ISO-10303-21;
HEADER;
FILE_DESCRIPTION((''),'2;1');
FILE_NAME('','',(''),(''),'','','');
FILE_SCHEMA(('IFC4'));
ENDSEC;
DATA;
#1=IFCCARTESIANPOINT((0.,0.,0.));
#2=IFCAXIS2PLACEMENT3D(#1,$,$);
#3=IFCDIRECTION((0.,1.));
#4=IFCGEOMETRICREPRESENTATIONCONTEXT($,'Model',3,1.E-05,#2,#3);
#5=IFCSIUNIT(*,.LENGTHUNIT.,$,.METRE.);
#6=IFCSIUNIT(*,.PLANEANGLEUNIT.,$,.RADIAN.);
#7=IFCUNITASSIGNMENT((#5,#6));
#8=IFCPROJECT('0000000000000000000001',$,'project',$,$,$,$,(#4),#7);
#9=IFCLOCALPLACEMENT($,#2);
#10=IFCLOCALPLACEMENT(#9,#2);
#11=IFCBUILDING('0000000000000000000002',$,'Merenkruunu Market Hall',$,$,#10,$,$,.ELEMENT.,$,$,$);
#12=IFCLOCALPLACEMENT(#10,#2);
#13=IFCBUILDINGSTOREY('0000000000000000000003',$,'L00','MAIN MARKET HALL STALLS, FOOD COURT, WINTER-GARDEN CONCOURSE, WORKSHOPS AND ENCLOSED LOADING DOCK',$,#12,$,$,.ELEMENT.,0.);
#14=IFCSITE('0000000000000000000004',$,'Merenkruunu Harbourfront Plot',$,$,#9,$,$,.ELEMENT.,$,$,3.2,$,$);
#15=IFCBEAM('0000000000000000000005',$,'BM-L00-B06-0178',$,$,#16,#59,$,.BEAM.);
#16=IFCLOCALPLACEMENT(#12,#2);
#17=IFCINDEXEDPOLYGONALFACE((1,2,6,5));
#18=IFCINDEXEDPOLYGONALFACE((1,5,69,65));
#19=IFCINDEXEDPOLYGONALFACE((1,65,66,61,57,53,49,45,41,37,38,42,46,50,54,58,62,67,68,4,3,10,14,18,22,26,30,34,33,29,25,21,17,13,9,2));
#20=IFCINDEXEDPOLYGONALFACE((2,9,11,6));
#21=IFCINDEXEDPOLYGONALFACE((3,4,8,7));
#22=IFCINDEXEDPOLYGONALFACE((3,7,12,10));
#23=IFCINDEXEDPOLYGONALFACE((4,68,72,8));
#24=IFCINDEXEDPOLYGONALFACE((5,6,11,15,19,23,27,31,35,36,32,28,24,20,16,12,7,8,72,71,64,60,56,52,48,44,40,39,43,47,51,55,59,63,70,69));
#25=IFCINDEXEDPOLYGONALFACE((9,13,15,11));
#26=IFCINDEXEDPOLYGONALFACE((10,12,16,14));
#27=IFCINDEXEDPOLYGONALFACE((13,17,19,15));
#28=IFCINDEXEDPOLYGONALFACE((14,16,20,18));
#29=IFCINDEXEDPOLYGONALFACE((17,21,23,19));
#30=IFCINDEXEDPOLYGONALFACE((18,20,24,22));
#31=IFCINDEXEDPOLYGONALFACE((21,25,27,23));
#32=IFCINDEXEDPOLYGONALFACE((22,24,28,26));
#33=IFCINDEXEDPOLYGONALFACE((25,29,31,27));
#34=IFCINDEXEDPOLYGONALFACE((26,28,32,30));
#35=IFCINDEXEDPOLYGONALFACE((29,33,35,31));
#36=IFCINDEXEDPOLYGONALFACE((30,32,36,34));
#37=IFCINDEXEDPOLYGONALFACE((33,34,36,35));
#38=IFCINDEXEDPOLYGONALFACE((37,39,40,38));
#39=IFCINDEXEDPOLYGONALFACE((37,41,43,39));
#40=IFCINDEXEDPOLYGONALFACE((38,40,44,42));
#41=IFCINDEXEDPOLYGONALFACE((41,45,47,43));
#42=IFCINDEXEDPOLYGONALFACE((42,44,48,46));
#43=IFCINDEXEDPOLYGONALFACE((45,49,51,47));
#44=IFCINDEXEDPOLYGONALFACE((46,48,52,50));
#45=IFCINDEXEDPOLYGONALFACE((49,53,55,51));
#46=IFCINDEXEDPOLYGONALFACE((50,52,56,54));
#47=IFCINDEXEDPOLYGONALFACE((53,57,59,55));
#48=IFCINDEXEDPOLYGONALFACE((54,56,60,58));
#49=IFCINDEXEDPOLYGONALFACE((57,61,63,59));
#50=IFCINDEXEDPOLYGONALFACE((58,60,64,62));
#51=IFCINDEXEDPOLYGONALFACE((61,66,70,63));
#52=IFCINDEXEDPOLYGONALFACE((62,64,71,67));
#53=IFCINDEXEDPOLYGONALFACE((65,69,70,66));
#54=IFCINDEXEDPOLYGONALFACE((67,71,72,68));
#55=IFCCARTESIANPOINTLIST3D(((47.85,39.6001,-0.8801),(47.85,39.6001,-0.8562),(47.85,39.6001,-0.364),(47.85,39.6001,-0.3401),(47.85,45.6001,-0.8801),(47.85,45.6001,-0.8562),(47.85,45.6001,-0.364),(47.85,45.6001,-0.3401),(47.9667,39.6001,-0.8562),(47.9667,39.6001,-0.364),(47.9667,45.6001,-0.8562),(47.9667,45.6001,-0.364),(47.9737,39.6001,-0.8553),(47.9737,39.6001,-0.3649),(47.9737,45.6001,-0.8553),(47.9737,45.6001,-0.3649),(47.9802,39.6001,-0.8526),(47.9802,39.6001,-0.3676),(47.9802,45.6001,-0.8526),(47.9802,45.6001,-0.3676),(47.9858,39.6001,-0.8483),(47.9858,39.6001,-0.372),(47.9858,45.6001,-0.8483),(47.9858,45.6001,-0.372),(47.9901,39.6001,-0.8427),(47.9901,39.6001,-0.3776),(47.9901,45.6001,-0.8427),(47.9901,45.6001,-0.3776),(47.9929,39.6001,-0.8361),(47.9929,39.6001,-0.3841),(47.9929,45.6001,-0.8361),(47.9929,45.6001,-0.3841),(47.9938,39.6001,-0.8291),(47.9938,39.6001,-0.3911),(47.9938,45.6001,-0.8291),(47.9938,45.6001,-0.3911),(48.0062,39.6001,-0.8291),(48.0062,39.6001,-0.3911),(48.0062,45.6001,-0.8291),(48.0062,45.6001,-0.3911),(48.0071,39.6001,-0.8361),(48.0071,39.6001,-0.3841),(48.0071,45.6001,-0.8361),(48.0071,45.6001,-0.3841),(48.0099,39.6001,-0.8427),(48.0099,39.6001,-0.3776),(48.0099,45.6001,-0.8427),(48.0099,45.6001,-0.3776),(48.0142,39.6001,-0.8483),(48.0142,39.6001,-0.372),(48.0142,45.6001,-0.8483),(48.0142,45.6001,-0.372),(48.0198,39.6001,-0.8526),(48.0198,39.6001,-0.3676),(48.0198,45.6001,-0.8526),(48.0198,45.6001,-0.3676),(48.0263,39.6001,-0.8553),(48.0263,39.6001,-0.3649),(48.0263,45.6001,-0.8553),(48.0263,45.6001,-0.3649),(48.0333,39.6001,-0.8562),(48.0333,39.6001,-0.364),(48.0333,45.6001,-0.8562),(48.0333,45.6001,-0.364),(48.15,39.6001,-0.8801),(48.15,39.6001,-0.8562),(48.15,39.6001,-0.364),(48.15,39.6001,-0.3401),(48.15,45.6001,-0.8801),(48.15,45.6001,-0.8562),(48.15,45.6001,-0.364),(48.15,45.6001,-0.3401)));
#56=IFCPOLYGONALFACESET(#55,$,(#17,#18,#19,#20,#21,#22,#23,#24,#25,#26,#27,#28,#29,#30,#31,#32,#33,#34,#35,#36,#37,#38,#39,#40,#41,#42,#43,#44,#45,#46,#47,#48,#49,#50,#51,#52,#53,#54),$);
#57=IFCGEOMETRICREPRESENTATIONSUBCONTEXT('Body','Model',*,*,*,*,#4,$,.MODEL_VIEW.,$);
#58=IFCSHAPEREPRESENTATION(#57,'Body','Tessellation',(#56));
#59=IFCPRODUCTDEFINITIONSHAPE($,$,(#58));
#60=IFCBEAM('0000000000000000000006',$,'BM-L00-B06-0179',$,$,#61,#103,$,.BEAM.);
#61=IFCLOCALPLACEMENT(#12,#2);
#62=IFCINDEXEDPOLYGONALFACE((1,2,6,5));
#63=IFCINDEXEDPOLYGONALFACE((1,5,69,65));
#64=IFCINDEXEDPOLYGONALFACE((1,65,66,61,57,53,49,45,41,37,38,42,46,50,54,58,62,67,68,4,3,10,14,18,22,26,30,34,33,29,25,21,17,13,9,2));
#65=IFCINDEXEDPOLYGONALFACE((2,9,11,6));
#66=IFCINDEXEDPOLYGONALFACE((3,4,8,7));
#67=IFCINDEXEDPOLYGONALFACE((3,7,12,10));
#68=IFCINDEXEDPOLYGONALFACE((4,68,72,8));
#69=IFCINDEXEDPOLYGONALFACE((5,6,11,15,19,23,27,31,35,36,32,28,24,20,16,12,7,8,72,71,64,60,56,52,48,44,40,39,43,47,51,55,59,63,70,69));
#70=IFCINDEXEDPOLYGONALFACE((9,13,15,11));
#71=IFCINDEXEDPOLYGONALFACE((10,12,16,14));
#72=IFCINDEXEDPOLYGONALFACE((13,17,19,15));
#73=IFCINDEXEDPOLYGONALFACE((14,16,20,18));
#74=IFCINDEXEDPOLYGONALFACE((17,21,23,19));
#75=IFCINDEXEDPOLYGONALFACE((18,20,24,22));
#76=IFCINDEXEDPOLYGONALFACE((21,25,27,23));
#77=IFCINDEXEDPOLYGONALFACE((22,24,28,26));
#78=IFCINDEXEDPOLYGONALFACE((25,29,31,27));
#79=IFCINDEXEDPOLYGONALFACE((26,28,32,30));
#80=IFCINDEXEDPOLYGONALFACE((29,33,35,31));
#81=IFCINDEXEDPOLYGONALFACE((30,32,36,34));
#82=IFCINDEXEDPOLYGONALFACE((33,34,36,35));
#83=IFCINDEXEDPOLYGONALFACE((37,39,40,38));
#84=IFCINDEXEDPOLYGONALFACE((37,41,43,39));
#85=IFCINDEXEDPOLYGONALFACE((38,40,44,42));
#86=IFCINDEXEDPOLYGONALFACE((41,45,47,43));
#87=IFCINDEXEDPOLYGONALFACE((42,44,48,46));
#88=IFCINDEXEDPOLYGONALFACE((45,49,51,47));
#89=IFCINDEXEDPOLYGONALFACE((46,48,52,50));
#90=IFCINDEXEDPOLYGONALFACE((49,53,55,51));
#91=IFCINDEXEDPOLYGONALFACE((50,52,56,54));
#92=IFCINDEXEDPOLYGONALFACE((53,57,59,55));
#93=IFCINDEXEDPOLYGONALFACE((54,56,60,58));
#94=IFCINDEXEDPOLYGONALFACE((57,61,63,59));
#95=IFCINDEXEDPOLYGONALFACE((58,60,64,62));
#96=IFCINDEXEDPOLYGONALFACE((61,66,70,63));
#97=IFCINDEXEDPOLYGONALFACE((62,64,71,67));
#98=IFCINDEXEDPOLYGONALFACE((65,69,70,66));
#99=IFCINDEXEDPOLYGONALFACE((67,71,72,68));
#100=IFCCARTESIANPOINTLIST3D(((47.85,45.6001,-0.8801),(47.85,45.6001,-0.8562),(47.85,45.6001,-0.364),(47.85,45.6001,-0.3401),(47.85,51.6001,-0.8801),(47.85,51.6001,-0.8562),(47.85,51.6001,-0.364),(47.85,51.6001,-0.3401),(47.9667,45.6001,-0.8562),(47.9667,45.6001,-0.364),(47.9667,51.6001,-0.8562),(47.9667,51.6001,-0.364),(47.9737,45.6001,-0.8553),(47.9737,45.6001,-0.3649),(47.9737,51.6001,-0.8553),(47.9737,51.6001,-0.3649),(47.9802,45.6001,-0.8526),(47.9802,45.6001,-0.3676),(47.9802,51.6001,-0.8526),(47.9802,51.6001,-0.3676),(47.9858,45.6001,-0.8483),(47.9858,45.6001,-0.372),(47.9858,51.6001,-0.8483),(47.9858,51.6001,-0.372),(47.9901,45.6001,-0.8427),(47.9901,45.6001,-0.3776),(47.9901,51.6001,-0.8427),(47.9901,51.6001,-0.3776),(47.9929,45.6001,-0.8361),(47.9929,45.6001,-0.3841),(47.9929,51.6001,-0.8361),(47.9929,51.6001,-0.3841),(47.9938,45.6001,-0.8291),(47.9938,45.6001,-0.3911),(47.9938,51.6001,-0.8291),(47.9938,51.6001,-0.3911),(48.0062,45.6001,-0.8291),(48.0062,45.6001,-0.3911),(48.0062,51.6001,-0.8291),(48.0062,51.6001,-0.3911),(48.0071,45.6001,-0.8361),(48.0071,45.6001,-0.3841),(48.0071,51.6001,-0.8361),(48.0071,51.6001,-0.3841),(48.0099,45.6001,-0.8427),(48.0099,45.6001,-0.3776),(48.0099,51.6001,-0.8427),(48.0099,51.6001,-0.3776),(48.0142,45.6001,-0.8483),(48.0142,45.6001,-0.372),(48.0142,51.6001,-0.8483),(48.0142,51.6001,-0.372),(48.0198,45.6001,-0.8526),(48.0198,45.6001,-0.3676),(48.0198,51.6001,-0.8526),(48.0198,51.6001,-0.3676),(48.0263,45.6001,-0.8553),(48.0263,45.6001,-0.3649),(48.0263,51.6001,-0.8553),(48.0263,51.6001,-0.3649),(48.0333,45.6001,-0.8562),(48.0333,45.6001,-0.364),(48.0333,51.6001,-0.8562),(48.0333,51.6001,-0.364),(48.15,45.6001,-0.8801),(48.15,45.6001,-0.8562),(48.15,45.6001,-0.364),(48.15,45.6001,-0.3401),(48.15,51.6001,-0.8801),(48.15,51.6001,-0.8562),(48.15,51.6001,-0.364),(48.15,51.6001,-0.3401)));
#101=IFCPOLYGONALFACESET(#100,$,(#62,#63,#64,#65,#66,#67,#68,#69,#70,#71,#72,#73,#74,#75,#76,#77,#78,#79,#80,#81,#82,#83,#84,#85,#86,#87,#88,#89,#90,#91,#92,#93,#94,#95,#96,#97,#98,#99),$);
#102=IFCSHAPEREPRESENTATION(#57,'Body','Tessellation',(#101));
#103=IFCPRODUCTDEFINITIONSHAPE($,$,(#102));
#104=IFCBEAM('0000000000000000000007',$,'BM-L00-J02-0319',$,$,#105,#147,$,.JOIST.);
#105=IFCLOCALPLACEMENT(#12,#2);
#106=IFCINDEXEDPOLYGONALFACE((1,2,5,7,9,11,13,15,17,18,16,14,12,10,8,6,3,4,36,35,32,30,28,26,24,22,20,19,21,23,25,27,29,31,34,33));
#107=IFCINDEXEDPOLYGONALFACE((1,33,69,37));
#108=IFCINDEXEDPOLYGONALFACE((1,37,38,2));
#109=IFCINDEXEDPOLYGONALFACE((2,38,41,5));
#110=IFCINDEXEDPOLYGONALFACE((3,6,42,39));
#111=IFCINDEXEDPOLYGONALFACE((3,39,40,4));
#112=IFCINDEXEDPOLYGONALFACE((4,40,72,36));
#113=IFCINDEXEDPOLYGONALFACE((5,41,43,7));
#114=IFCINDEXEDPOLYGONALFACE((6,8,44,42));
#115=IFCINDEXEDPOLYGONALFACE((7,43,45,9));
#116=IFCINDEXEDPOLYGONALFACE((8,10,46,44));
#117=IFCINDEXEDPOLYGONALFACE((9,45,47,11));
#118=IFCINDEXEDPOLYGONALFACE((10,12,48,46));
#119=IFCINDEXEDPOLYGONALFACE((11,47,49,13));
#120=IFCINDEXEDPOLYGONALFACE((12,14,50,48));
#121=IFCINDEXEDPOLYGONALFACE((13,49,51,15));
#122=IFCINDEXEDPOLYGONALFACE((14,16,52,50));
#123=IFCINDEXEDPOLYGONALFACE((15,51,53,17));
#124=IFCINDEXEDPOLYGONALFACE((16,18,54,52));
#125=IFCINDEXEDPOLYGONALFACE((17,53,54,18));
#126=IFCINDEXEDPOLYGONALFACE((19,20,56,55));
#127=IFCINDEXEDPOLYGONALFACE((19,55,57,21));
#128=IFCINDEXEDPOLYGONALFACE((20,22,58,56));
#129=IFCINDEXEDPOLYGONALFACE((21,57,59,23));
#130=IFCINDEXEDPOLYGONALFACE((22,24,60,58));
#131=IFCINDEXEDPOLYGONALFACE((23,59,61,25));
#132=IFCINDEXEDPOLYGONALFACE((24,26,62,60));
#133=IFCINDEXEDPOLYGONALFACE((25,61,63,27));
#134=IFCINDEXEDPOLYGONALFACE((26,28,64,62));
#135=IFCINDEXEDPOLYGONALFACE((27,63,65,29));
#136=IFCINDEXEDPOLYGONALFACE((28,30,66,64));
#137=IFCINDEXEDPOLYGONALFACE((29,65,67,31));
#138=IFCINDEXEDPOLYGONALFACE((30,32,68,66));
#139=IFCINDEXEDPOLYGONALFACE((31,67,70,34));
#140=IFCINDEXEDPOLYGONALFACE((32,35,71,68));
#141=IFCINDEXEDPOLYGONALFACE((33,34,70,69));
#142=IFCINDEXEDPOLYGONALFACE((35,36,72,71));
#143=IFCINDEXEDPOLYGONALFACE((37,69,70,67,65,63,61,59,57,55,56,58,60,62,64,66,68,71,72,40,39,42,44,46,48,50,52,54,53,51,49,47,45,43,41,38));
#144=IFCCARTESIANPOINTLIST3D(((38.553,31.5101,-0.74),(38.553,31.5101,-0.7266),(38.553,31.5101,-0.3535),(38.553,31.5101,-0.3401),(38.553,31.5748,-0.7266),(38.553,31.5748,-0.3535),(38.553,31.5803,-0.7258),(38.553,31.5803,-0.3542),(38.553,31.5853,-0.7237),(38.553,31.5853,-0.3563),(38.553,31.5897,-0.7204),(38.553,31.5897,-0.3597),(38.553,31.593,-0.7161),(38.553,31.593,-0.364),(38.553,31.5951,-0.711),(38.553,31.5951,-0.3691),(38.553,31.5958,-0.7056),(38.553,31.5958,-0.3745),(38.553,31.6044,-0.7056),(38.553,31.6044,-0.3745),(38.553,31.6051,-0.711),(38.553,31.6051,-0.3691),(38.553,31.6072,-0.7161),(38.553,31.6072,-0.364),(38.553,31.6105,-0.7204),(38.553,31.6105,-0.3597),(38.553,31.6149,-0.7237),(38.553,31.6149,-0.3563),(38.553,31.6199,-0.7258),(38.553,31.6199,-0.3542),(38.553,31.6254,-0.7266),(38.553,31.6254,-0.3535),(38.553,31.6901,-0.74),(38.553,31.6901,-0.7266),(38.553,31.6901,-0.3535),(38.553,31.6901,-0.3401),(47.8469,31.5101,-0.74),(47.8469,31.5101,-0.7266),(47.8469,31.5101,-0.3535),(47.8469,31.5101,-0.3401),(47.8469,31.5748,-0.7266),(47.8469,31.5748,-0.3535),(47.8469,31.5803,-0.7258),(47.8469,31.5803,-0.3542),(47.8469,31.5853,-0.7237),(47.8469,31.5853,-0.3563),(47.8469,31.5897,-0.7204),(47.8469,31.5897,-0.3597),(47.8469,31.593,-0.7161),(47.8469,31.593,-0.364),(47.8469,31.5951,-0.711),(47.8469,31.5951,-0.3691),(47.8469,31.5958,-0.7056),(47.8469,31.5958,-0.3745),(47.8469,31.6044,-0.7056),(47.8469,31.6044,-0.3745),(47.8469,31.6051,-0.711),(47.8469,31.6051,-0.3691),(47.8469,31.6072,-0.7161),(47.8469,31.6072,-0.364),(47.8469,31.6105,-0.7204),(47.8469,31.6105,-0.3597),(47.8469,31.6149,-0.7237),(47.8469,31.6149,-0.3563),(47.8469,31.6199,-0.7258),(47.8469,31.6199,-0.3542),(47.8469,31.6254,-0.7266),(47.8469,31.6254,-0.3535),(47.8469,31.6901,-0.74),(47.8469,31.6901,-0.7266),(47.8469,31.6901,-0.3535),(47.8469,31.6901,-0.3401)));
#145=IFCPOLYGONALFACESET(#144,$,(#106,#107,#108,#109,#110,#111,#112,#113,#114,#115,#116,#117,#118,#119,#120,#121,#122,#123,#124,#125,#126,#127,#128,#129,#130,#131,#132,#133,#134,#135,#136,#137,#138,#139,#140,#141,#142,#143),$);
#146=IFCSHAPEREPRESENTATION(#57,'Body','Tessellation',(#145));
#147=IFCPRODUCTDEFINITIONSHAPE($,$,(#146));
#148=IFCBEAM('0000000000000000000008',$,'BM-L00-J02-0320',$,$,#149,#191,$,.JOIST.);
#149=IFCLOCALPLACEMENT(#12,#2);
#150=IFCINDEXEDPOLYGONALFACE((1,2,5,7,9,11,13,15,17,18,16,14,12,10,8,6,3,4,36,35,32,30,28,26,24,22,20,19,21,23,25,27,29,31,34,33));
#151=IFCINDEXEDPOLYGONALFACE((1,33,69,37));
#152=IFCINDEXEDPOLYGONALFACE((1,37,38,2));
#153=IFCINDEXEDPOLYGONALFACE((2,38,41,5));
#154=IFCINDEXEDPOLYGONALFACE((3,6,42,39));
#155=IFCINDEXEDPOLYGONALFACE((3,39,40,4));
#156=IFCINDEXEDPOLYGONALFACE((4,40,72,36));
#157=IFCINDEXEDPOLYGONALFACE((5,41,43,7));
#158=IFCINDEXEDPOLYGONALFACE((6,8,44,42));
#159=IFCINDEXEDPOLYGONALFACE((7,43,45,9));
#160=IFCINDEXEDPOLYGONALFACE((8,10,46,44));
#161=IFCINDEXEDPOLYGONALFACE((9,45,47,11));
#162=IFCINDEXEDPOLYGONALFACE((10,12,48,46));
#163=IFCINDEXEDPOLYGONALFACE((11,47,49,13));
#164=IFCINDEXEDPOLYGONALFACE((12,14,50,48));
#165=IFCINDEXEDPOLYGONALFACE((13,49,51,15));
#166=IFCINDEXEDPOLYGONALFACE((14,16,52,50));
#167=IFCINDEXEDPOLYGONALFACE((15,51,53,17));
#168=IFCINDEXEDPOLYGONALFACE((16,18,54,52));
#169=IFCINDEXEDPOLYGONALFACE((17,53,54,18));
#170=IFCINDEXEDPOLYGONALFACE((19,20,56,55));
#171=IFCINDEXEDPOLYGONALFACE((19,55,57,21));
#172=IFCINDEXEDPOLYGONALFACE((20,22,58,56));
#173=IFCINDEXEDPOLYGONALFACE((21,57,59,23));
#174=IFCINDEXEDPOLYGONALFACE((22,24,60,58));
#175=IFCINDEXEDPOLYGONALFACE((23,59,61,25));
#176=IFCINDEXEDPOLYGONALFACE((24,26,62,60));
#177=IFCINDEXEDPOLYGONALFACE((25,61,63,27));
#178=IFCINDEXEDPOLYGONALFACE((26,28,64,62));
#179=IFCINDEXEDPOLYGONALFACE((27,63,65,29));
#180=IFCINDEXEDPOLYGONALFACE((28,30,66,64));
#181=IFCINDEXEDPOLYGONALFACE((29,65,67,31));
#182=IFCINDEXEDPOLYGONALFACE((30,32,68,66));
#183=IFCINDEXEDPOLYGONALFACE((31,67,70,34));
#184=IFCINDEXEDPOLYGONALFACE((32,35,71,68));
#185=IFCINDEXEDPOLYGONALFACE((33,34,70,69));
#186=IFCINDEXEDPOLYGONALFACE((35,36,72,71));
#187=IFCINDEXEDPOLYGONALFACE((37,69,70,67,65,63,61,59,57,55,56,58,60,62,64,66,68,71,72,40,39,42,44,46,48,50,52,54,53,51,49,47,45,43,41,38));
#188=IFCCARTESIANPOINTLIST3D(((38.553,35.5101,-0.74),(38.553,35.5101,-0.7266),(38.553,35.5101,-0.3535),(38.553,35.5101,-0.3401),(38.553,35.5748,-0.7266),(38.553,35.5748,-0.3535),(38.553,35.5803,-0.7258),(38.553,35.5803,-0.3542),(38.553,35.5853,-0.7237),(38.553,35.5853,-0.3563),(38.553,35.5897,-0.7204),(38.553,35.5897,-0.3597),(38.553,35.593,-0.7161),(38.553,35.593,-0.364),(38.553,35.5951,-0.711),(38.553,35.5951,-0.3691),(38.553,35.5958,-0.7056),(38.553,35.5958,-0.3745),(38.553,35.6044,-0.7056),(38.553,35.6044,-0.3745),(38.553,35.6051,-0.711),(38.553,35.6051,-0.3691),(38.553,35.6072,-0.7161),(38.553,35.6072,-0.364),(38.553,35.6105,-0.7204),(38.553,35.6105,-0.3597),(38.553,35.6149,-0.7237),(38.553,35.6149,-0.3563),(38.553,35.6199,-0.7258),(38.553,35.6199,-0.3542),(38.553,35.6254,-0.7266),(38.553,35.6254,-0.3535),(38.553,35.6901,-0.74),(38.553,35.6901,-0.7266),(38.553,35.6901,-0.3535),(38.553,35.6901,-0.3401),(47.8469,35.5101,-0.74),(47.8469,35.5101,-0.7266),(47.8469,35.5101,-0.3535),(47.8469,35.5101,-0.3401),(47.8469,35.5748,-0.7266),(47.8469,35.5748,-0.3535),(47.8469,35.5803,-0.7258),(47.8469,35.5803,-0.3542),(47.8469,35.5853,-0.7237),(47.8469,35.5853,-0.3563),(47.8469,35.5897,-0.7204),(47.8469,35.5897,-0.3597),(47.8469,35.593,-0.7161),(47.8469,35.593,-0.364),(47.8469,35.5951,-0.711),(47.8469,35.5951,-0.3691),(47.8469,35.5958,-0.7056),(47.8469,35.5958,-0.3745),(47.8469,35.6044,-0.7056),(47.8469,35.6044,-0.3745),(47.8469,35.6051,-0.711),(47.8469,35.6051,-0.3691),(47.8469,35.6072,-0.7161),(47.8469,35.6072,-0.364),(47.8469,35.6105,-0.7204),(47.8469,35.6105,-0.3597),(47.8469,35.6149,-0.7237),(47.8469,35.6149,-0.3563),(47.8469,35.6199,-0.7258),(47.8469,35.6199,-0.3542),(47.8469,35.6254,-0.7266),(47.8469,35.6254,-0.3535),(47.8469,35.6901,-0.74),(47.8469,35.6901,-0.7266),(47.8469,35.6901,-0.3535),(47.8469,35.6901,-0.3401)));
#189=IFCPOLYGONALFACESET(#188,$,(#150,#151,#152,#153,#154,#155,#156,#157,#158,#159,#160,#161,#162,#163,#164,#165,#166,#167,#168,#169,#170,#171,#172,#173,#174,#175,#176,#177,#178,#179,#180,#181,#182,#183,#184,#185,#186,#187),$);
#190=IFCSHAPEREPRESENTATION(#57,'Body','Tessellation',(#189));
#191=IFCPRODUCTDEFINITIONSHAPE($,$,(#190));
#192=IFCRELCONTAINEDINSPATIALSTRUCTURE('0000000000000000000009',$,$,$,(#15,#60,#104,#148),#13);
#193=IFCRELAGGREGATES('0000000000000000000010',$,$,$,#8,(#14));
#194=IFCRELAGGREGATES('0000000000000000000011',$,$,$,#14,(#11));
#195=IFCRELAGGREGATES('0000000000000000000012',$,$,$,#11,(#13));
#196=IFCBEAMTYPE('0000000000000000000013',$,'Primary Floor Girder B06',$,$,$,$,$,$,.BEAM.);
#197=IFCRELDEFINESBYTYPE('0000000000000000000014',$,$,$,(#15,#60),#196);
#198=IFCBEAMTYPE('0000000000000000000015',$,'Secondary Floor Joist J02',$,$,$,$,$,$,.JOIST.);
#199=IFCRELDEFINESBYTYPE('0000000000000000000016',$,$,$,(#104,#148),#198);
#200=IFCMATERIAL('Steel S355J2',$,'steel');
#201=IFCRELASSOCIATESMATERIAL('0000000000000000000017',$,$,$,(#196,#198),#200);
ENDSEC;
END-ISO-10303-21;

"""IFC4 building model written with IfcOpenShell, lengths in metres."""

from ifc_helpers import new_model, si_unit, direction, frame, origin, origin_2d, place, context, subcontext, project, spatial, i_section, extrude, material, material_profile, profile_set, type_object, element, save


model = new_model("IFC4")

# Units and contexts
model_context = context("Model", 3, precision=1e-05, world=origin(), true_north=direction((0.0, 1.0)))
body_context = subcontext(model_context, "Body", "Model", "MODEL_VIEW")
ifc_project = project(units=[si_unit("LENGTHUNIT", "METRE"), si_unit("PLANEANGLEUNIT", "RADIAN")], contexts=[model_context])

# Site, building, storey
site_placement = place(None, origin())
site = spatial("IfcSite", under=ifc_project, at=site_placement, Name="Merenkruunu Harbourfront Plot", CompositionType="ELEMENT", RefElevation=3.2)
building_placement = place(site_placement, origin())
building = spatial("IfcBuilding", under=site, at=building_placement, Name="Merenkruunu Market Hall", CompositionType="ELEMENT")
storey_placement = place(building_placement, origin())
storey = spatial("IfcBuildingStorey", under=building, at=storey_placement, Name="L00", Description="MAIN MARKET HALL STALLS, FOOD COURT, WINTER-GARDEN CONCOURSE, WORKSHOPS AND ENCLOSED LOADING DOCK", CompositionType="ELEMENT", Elevation=0.0)

# Shared definitions
ifc_material_1 = material(Name="Steel S355J2", Category="steel")

# Beams
ifc_material_profile_1 = material_profile(ifc_material_1, i_section(OverallWidth=0.3, OverallDepth=0.54, WebThickness=0.0125, FlangeThickness=0.0239, FilletRadius=0.0271, at=origin_2d()), Name="HEA 550")
ifc_profile_set_1 = profile_set([ifc_material_profile_1], Name="Steel S355J2")
beam_type_1 = type_object("IfcBeamType", Name="Primary Floor Girder B06", PredefinedType="BEAM", material=ifc_profile_set_1)
for number, where, z_axis, x_axis, name in (
    (1, (48.0, 39.6001, -0.6101), (0.0, 1.0, 0.0), (-1.0, 0.0, 0.0), "BM-L00-B06-0178"),
    (2, (48.0, 45.6001, -0.6101), (0.0, 1.0, 0.0), (-1.0, 0.0, 0.0), "BM-L00-B06-0179"),
):
    element("IfcBeam", number, at=place(storey_placement, frame(where, z_axis=z_axis, x_axis=x_axis)), inside=storey, type_object=beam_type_1, Name=name, PredefinedType="BEAM", context=body_context, shape_type="SweptSolid", body=[
        extrude(i_section(OverallWidth=0.3, OverallDepth=0.54, WebThickness=0.0125, FlangeThickness=0.0239, FilletRadius=0.0271, at=origin_2d()), origin(), (0.0, 0.0, 1.0), 6.0),
    ])
ifc_material_profile_2 = material_profile(ifc_material_1, i_section(OverallWidth=0.1799, OverallDepth=0.3999, WebThickness=0.0085, FlangeThickness=0.0134, FilletRadius=0.021, at=origin_2d()), Name="IPE 400")
ifc_profile_set_2 = profile_set([ifc_material_profile_2], Name="Steel S355J2")
beam_type_2 = type_object("IfcBeamType", Name="Secondary Floor Joist J02", PredefinedType="JOIST", material=ifc_profile_set_2)
for number, where, z_axis, x_axis, name in (
    (3, (38.553, 31.6001, -0.54), (1.0, 0.0, 0.0), (0.0, 1.0, 0.0), "BM-L00-J02-0319"),
    (4, (38.553, 35.6001, -0.54), (1.0, 0.0, 0.0), (0.0, 1.0, 0.0), "BM-L00-J02-0320"),
):
    element("IfcBeam", number, at=place(storey_placement, frame(where, z_axis=z_axis, x_axis=x_axis)), inside=storey, type_object=beam_type_2, Name=name, PredefinedType="JOIST", context=body_context, shape_type="SweptSolid", body=[
        extrude(i_section(OverallWidth=0.1799, OverallDepth=0.3999, WebThickness=0.0085, FlangeThickness=0.0134, FilletRadius=0.021, at=origin_2d()), origin(), (0.0, 0.0, 1.0), 9.2939),
    ])

save(model, "model.ifc")
